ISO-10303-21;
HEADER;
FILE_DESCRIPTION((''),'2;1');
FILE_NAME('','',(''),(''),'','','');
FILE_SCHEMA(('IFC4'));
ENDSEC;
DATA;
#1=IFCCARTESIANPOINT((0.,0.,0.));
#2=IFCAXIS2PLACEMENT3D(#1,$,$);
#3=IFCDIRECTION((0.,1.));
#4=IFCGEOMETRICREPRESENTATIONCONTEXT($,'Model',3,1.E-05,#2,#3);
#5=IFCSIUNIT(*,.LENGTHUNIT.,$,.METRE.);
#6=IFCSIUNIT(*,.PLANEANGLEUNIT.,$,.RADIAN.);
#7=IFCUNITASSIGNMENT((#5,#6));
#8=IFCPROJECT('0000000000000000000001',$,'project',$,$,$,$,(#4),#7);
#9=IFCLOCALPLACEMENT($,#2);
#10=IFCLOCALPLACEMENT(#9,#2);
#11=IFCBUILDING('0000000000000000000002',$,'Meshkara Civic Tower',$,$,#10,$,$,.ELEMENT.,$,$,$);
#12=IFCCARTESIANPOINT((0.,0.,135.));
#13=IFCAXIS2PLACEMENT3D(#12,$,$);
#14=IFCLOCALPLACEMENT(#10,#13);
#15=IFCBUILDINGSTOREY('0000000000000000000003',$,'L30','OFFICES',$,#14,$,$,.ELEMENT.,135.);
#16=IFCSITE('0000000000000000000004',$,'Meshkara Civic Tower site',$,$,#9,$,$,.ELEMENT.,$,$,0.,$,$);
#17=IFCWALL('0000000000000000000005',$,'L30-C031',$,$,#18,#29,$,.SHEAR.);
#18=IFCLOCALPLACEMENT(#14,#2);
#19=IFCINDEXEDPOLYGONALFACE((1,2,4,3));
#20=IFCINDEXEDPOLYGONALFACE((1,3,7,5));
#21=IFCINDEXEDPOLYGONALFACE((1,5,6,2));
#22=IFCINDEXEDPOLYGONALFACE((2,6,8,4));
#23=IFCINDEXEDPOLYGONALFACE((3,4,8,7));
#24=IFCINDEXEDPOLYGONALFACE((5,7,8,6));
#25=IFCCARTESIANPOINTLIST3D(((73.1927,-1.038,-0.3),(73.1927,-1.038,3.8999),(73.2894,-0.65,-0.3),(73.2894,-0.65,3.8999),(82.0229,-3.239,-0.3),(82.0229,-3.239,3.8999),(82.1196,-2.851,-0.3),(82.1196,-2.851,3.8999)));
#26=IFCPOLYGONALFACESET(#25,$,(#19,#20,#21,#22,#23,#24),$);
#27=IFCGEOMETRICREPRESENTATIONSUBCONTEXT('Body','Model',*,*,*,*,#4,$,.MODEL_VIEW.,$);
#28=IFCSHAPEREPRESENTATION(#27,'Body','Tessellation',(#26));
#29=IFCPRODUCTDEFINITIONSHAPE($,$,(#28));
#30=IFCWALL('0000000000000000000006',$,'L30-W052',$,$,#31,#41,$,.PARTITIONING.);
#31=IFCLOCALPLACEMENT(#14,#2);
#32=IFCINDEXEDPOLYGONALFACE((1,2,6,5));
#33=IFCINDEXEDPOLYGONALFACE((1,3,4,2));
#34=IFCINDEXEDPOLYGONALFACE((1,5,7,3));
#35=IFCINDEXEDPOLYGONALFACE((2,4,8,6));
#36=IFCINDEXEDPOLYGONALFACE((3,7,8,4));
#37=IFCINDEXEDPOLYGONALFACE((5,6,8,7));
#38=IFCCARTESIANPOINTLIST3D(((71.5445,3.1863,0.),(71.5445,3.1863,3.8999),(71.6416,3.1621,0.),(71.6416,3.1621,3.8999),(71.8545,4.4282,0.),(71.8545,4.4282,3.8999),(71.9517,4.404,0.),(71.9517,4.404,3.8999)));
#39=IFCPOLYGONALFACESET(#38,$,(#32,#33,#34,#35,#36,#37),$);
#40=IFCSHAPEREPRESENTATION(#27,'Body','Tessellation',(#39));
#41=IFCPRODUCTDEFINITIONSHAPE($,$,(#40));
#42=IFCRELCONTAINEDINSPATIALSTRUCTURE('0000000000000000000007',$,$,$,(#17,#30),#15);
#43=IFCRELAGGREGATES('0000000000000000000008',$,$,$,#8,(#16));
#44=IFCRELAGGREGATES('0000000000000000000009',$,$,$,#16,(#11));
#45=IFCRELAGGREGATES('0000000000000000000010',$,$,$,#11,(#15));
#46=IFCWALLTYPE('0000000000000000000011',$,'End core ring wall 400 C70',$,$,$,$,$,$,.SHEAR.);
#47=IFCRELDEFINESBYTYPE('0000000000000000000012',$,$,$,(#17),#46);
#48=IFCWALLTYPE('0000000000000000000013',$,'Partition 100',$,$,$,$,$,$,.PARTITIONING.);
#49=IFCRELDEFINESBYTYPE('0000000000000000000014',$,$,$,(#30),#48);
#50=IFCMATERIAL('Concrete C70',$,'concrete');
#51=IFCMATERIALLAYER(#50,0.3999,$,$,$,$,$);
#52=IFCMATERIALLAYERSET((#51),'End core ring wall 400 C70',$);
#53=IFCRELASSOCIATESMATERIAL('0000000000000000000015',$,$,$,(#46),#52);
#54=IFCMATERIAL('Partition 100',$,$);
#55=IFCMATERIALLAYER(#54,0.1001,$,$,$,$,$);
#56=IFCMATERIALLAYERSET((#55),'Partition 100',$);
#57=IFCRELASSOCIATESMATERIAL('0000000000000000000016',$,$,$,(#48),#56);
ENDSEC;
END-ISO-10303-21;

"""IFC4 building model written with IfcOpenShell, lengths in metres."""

from ifc_helpers import new_model, si_unit, direction, frame, frame_2d, origin, place, context, subcontext, project, spatial, rectangle, extrude, material, layer, layer_set, type_object, element, save


model = new_model("IFC4")

# Units and contexts
model_context = context("Model", 3, precision=1e-05, world=origin(), true_north=direction((0.0, 1.0)))
body_context = subcontext(model_context, "Body", "Model", "MODEL_VIEW")
ifc_project = project(units=[si_unit("LENGTHUNIT", "METRE"), si_unit("PLANEANGLEUNIT", "RADIAN")], contexts=[model_context])

# Site, building, storey
site_placement = place(None, origin())
site = spatial("IfcSite", under=ifc_project, at=site_placement, Name="Meshkara Civic Tower site", CompositionType="ELEMENT", RefElevation=0.0)
building_placement = place(site_placement, origin())
building = spatial("IfcBuilding", under=site, at=building_placement, Name="Meshkara Civic Tower", CompositionType="ELEMENT")
storey_placement = place(building_placement, frame((0.0, 0.0, 135.0)))
storey = spatial("IfcBuildingStorey", under=building, at=storey_placement, Name="L30", Description="OFFICES", CompositionType="ELEMENT", Elevation=135.0)

# Walls
ifc_material_1 = material(Name="Concrete C70", Category="concrete")
ifc_layer_1 = layer(ifc_material_1, 0.3999)
ifc_layer_set_1 = layer_set([ifc_layer_1], Name="End core ring wall 400 C70")
wall_type_1 = type_object("IfcWallType", Name="End core ring wall 400 C70", PredefinedType="SHEAR", material=ifc_layer_set_1)
wall_1_placement = place(storey_placement, frame((73.241, -0.844, -0.3), z_axis=(0.0, 0.0, 1.0), x_axis=(0.970313, -0.241854, 0.0)))
element("IfcWall", 1, at=wall_1_placement, inside=storey, type_object=wall_type_1, Name="L30-C031", PredefinedType="SHEAR", context=body_context, shape_type="SweptSolid", body=[
    extrude(rectangle(XDim=9.1003, YDim=0.3999, at=frame_2d((4.5503, 0.0))), origin(), (0.0, 0.0, 1.0), 4.2),
])
ifc_material_2 = material(Name="Partition 100")
ifc_layer_2 = layer(ifc_material_2, 0.1001)
ifc_layer_set_2 = layer_set([ifc_layer_2], Name="Partition 100")
wall_type_2 = type_object("IfcWallType", Name="Partition 100", PredefinedType="PARTITIONING", material=ifc_layer_set_2)
wall_2_placement = place(storey_placement, frame((71.593, 3.1741, 0.0), z_axis=(0.0, 0.0, 1.0), x_axis=(0.242221, 0.970221, 0.0)))
element("IfcWall", 2, at=wall_2_placement, inside=storey, type_object=wall_type_2, Name="L30-W052", PredefinedType="PARTITIONING", context=body_context, shape_type="SweptSolid", body=[
    extrude(rectangle(XDim=1.28, YDim=0.1001, at=frame_2d((0.6401, 0.0))), origin(), (0.0, 0.0, 1.0), 3.8999),
])

save(model, "model.ifc")
